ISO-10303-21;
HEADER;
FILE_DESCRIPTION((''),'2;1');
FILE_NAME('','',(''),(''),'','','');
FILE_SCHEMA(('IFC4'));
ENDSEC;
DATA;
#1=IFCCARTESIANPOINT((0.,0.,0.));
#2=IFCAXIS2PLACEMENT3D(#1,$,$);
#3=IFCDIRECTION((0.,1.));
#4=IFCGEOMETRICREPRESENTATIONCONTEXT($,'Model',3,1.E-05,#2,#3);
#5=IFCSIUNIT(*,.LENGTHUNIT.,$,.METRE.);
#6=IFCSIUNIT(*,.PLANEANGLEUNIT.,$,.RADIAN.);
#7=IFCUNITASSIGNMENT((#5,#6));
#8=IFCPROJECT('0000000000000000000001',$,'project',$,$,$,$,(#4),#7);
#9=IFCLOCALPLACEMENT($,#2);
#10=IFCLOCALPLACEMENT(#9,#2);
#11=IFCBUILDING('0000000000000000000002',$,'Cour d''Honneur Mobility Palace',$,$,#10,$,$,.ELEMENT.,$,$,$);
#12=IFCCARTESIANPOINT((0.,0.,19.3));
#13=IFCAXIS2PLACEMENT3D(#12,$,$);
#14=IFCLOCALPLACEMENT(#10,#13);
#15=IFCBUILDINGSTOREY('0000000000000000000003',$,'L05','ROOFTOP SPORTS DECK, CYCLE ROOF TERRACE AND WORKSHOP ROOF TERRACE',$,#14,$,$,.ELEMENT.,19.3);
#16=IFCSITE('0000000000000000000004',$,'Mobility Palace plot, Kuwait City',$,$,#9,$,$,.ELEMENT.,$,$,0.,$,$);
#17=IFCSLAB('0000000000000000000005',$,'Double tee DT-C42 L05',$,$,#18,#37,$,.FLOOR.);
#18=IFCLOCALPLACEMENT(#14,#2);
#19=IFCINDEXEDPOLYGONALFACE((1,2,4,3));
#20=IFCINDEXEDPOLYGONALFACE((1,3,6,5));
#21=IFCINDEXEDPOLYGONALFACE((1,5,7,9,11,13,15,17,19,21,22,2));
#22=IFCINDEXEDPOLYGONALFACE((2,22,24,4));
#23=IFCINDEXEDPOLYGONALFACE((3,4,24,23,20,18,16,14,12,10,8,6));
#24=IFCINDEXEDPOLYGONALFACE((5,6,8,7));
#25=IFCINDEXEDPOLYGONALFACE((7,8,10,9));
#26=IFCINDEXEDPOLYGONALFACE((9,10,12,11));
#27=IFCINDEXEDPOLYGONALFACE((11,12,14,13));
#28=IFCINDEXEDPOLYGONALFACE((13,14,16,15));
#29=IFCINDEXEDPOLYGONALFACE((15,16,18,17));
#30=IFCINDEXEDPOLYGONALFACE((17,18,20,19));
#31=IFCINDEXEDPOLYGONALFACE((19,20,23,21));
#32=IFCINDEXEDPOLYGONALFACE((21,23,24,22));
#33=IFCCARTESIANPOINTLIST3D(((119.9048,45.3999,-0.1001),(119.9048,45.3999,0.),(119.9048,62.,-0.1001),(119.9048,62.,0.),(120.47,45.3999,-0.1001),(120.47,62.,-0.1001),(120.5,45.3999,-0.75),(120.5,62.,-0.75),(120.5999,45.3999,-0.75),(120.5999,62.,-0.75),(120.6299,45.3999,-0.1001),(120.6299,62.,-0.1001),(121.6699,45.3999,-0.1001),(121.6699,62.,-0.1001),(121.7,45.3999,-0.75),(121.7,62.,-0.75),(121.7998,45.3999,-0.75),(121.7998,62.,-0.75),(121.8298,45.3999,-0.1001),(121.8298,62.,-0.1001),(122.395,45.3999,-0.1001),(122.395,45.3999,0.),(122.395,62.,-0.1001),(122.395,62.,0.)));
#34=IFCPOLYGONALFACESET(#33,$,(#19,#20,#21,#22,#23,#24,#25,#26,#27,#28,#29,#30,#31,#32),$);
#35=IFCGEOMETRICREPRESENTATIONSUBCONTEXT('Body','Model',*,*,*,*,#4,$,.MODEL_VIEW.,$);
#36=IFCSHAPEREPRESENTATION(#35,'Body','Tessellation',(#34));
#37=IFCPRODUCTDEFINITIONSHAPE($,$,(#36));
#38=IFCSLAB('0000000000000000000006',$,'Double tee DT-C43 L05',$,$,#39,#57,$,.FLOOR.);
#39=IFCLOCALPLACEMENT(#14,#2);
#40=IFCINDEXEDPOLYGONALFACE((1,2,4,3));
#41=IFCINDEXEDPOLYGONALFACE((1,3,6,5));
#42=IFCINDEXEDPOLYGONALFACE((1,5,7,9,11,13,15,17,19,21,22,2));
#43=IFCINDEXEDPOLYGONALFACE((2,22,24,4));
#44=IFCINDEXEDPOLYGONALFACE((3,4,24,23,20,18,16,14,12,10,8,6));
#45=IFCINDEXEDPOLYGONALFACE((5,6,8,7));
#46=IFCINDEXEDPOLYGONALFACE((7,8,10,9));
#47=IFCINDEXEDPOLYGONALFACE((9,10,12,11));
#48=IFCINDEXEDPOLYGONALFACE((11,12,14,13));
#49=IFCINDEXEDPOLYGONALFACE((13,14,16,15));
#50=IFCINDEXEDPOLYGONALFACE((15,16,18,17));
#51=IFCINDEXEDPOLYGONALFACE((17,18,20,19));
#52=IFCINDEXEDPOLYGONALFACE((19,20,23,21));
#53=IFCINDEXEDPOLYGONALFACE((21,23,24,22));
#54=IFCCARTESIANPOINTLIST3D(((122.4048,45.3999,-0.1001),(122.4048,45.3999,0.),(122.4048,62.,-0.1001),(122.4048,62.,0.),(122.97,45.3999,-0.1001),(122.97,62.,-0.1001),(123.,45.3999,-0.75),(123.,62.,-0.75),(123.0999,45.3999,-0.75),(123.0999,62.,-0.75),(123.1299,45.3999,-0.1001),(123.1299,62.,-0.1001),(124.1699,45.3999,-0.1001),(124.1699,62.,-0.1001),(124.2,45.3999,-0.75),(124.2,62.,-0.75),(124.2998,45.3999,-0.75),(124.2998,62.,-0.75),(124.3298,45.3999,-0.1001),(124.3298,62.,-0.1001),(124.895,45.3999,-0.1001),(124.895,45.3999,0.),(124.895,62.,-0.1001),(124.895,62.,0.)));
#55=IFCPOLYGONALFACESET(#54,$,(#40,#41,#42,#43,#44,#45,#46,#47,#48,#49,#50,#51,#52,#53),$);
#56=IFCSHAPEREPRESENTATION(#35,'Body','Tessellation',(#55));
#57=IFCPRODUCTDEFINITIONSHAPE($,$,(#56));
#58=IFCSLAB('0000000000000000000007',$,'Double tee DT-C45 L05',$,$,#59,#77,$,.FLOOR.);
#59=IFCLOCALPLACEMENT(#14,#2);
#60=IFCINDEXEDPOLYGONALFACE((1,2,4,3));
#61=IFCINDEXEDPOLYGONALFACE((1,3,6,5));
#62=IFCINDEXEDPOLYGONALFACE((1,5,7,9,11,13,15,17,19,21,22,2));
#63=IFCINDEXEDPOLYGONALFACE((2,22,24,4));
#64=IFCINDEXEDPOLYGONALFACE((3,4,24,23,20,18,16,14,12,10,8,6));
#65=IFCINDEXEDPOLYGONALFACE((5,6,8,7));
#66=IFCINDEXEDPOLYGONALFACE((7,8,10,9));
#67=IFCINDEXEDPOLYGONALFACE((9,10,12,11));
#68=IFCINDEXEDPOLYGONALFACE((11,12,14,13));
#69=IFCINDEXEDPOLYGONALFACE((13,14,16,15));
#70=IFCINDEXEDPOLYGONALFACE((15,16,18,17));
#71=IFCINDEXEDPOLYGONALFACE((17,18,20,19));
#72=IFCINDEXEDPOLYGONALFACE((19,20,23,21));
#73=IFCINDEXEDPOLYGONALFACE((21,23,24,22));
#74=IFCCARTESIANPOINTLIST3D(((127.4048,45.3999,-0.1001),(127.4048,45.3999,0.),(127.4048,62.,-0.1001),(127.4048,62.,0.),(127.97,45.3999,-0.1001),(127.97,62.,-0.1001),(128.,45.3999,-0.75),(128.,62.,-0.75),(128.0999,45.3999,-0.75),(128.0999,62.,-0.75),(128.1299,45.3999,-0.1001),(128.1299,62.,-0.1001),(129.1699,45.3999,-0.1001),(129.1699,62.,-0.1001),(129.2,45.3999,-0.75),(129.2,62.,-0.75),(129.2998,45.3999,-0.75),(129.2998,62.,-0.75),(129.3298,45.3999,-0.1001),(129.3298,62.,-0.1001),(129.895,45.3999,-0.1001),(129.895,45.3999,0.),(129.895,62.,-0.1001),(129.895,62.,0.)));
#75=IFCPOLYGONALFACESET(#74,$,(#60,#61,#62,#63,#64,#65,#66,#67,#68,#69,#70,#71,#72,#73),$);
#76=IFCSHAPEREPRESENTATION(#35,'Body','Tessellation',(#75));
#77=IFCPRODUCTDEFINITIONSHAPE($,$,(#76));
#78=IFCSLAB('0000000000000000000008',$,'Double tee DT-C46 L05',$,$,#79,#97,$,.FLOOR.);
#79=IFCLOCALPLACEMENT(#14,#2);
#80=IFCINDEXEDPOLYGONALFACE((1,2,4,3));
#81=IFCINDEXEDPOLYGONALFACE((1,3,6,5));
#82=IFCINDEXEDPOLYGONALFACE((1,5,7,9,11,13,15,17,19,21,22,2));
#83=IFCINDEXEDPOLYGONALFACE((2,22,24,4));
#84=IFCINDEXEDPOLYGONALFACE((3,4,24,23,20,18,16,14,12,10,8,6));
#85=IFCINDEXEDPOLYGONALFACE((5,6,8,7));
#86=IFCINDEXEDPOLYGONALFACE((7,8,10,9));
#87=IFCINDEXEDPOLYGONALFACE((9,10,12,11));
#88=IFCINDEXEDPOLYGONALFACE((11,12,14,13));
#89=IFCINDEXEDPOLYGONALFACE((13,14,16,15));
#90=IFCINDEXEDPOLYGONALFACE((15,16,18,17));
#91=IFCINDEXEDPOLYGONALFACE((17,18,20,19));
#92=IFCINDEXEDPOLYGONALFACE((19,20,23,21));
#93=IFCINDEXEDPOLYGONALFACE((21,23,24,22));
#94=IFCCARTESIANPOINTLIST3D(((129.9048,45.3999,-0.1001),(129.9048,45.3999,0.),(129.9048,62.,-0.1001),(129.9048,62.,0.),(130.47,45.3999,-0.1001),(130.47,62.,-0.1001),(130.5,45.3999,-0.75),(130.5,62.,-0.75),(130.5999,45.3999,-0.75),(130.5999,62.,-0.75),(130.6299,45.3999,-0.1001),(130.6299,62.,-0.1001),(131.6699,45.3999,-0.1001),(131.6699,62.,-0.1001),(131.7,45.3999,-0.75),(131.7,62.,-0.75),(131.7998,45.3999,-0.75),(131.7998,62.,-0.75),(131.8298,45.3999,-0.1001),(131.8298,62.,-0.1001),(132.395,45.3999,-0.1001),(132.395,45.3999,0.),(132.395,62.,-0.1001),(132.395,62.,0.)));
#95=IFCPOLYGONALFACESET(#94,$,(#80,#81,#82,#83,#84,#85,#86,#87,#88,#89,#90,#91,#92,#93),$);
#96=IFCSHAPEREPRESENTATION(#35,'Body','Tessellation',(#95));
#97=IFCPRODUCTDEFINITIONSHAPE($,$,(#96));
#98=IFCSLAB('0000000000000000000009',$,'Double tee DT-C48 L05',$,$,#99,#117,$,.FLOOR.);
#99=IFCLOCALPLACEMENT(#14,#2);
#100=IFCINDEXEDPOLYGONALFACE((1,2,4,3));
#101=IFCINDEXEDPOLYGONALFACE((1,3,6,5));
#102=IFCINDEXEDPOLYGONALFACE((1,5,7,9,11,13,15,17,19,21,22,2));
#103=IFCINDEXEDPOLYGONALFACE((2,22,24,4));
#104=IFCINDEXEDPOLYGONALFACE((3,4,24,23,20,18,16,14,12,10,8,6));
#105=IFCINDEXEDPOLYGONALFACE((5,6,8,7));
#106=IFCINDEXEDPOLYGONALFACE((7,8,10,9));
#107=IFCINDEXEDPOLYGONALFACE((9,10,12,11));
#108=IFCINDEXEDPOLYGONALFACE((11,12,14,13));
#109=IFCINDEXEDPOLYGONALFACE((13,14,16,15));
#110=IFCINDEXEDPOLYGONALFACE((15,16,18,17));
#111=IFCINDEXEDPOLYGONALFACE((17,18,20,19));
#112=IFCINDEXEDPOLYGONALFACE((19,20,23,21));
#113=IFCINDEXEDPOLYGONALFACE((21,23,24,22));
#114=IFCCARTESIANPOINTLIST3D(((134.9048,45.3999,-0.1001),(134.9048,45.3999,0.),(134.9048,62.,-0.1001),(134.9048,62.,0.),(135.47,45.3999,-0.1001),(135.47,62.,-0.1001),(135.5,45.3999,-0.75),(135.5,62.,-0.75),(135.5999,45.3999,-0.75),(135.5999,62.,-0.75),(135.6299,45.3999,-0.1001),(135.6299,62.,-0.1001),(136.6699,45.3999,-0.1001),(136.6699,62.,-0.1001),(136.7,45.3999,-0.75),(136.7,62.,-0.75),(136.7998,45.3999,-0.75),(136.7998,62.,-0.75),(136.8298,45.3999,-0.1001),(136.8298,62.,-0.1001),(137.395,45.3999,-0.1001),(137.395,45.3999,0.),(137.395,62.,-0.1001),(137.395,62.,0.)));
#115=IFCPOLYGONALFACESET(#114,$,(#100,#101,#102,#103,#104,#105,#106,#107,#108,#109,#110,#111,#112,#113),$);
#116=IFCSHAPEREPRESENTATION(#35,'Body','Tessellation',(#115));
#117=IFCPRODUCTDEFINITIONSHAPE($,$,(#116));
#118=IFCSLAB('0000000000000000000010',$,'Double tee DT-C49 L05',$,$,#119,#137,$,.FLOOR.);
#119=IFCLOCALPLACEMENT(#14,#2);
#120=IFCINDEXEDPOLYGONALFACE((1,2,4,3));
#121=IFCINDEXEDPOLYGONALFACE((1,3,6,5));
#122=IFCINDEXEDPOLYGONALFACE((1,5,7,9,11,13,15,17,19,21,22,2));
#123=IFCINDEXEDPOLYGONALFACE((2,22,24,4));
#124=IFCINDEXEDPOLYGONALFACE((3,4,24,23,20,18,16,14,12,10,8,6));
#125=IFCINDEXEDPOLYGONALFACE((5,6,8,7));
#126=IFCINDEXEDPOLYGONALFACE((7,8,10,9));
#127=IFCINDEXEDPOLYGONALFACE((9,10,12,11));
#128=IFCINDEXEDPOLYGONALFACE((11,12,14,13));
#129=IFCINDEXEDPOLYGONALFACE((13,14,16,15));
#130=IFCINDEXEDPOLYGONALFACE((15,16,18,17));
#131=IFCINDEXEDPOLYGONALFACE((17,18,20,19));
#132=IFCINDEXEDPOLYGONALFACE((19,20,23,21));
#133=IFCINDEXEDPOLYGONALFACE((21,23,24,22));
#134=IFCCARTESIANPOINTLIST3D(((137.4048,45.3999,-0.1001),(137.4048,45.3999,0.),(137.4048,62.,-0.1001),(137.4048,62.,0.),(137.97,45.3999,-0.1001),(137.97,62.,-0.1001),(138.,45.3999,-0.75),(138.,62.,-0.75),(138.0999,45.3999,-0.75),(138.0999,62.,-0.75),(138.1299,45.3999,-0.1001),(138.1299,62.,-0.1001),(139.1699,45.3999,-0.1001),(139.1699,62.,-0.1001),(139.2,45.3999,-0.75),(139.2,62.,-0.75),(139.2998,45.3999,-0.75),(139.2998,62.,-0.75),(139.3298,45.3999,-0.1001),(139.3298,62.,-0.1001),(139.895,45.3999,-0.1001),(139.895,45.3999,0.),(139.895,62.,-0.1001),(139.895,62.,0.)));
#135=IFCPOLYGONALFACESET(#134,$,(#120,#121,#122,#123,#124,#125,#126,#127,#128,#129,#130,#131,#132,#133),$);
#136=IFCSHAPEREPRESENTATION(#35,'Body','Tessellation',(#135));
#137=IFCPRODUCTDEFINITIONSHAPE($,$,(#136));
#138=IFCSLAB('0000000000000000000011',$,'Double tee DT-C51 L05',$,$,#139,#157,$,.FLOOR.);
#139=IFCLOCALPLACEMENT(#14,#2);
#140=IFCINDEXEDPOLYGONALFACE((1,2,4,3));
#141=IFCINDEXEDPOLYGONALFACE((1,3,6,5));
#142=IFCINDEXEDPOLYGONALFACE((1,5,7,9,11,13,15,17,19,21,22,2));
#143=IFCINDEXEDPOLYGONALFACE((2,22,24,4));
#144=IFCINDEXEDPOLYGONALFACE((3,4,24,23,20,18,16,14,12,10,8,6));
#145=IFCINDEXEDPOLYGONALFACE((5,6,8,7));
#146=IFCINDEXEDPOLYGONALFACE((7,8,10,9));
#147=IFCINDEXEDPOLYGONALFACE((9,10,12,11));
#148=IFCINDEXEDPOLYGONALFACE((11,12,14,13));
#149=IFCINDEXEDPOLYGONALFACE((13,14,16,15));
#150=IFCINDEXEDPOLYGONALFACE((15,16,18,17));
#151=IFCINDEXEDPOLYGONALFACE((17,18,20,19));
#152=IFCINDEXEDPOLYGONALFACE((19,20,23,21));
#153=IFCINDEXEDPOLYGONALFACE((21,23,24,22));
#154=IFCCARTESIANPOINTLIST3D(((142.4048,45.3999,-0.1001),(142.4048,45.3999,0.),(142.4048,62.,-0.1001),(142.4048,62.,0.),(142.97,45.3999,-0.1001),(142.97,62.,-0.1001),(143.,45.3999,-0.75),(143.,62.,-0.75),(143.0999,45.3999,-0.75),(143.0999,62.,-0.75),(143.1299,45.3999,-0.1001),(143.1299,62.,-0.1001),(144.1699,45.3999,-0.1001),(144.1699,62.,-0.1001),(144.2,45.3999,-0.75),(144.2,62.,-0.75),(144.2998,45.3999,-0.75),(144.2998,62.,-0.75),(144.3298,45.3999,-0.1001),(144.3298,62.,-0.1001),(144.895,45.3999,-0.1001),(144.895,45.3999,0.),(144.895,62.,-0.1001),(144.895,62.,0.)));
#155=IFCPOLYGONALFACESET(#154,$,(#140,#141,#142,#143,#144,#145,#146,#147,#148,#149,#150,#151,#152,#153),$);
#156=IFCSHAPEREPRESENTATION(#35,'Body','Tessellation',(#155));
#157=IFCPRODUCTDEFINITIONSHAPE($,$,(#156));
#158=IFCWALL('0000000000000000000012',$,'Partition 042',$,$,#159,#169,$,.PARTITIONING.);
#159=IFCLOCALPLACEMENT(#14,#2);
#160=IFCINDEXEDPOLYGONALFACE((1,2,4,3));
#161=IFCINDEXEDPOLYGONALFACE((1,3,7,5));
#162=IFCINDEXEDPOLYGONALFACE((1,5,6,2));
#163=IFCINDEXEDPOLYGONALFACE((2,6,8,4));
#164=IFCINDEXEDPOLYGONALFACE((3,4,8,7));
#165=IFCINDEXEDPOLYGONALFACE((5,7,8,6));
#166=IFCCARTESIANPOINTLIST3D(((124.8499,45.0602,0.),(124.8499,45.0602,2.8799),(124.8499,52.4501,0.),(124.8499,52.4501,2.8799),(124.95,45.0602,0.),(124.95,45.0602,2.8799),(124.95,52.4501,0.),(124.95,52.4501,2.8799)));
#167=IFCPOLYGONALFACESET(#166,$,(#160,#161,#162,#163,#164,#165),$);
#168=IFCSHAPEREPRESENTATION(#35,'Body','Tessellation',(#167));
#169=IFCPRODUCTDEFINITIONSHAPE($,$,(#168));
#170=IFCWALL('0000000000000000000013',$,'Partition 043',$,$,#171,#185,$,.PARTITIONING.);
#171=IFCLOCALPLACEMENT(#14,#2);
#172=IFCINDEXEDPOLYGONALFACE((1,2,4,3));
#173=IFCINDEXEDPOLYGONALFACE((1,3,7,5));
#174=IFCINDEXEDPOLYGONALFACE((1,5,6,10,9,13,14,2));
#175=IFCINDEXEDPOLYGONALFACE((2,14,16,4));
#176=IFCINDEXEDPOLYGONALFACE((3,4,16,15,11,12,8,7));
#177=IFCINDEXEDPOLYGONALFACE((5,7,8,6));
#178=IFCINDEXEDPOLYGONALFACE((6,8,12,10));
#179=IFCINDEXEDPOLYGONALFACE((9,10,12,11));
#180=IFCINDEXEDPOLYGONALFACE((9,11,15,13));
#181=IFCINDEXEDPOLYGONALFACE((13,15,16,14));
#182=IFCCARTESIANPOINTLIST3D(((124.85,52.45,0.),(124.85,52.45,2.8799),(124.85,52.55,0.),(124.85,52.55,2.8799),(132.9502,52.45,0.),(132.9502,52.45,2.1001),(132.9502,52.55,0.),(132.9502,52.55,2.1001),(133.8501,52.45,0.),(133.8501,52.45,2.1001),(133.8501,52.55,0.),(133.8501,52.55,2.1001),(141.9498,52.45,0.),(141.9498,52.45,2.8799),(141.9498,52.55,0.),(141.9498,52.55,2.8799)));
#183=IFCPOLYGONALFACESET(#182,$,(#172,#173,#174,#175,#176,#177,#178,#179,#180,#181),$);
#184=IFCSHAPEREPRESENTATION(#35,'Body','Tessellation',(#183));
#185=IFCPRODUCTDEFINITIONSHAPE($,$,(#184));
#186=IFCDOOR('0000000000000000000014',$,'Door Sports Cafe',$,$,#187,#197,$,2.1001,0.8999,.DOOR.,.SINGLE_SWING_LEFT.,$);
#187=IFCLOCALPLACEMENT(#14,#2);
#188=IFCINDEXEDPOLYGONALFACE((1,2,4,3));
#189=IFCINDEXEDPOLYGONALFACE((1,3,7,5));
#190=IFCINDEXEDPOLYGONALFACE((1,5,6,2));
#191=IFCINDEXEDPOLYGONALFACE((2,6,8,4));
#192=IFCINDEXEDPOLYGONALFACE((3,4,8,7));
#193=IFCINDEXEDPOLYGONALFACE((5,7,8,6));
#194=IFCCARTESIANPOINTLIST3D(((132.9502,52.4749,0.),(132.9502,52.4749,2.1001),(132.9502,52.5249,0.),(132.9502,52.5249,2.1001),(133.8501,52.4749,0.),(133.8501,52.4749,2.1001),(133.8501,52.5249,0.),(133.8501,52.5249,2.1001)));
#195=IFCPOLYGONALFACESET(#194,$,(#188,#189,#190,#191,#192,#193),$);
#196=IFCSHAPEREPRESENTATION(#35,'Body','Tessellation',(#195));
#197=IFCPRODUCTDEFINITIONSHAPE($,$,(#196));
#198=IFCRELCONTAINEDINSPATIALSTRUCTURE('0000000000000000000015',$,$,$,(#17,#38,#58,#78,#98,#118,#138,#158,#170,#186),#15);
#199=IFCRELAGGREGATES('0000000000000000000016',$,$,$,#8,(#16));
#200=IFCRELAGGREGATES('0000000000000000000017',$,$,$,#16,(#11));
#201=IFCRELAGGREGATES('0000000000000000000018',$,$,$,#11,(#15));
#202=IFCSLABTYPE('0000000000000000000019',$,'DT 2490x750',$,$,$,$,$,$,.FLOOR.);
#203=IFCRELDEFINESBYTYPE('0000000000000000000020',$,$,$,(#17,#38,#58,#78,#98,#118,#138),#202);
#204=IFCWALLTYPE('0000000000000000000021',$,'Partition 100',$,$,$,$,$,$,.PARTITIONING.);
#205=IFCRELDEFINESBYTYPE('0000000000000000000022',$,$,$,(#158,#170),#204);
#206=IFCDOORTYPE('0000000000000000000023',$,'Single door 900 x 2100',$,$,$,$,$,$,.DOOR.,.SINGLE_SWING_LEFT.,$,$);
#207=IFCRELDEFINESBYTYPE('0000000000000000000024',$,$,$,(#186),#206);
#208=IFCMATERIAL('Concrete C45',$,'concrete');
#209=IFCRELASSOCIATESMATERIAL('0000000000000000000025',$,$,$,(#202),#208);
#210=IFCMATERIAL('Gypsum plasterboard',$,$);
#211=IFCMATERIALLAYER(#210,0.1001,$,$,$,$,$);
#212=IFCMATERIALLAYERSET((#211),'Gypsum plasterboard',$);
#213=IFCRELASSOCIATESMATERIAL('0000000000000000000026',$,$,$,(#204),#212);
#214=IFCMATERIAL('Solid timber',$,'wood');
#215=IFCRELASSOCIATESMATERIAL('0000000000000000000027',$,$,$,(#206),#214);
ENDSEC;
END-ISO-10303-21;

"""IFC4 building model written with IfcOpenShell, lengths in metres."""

from ifc_helpers import new_model, si_unit, direction, frame, frame_2d, origin, place, context, subcontext, project, spatial, polyline, rectangle, outline, extrude, material, layer, layer_set, material_profile, profile_set, type_object, element, fill, save


model = new_model("IFC4")

# Units and contexts
model_context = context("Model", 3, precision=1e-05, world=origin(), true_north=direction((0.0, 1.0)))
body_context = subcontext(model_context, "Body", "Model", "MODEL_VIEW")
ifc_project = project(units=[si_unit("LENGTHUNIT", "METRE"), si_unit("PLANEANGLEUNIT", "RADIAN")], contexts=[model_context])

# Site, building, storey
site_placement = place(None, origin())
site = spatial("IfcSite", under=ifc_project, at=site_placement, Name="Mobility Palace plot, Kuwait City", CompositionType="ELEMENT", RefElevation=0.0)
building_placement = place(site_placement, origin())
building = spatial("IfcBuilding", under=site, at=building_placement, Name="Cour d'Honneur Mobility Palace", CompositionType="ELEMENT")
storey_placement = place(building_placement, frame((0.0, 0.0, 19.3)))
storey = spatial("IfcBuildingStorey", under=building, at=storey_placement, Name="L05", Description="ROOFTOP SPORTS DECK, CYCLE ROOF TERRACE AND WORKSHOP ROOF TERRACE", CompositionType="ELEMENT", Elevation=19.3)

# Slabs
ifc_material_1 = material(Name="Concrete C45", Category="concrete")
ifc_material_profile_1 = material_profile(ifc_material_1, outline(polyline([(-1.2451, 0.0), (1.2451, 0.0), (1.2451, -0.1001), (0.6799, -0.1001), (0.6499, -0.75), (0.55, -0.75), (0.52, -0.1001), (-0.52, -0.1001), (-0.55, -0.75), (-0.6499, -0.75), (-0.6799, -0.1001), (-1.2451, -0.1001), (-1.2451, 0.0)])), Name="DT 2490x750")
ifc_profile_set_1 = profile_set([ifc_material_profile_1], Name="Concrete C45")
slab_type = type_object("IfcSlabType", Name="DT 2490x750", PredefinedType="FLOOR", material=ifc_profile_set_1)
for number, where, z_axis, x_axis, name in (
    (1, (121.1499, 45.3999, 0.0), (0.0, 1.0, 0.0), (-1.0, 0.0, 0.0), "Double tee DT-C42 L05"),
    (2, (123.6499, 45.3999, 0.0), (0.0, 1.0, 0.0), (-1.0, 0.0, 0.0), "Double tee DT-C43 L05"),
    (3, (128.6499, 45.3999, 0.0), (0.0, 1.0, 0.0), (-1.0, 0.0, 0.0), "Double tee DT-C45 L05"),
    (4, (131.1499, 45.3999, 0.0), (0.0, 1.0, 0.0), (-1.0, 0.0, 0.0), "Double tee DT-C46 L05"),
    (5, (136.1499, 45.3999, 0.0), (0.0, 1.0, 0.0), (-1.0, 0.0, 0.0), "Double tee DT-C48 L05"),
    (6, (138.6499, 45.3999, 0.0), (0.0, 1.0, 0.0), (-1.0, 0.0, 0.0), "Double tee DT-C49 L05"),
    (7, (143.6499, 45.3999, 0.0), (0.0, 1.0, 0.0), (-1.0, 0.0, 0.0), "Double tee DT-C51 L05"),
):
    element("IfcSlab", number, at=place(storey_placement, frame(where, z_axis=z_axis, x_axis=x_axis)), inside=storey, type_object=slab_type, Name=name, PredefinedType="FLOOR", context=body_context, shape_type="SweptSolid", body=[
        extrude(outline(polyline([(-1.2451, 0.0), (1.2451, 0.0), (1.2451, -0.1001), (0.6799, -0.1001), (0.6499, -0.75), (0.55, -0.75), (0.52, -0.1001), (-0.52, -0.1001), (-0.55, -0.75), (-0.6499, -0.75), (-0.6799, -0.1001), (-1.2451, -0.1001), (-1.2451, 0.0)])), origin(), (0.0, 0.0, 1.0), 16.6001),
    ])

# Wall
ifc_material_2 = material(Name="Gypsum plasterboard")
ifc_layer_1 = layer(ifc_material_2, 0.1001)
ifc_layer_set_1 = layer_set([ifc_layer_1], Name="Gypsum plasterboard")
wall_type_1 = type_object("IfcWallType", Name="Partition 100", PredefinedType="PARTITIONING", material=ifc_layer_set_1)
wall_1_placement = place(storey_placement, frame((124.8999, 52.45, 0.0), z_axis=(0.0, 0.0, 1.0), x_axis=(0.0, -1.0, 0.0)))
element("IfcWall", 8, at=wall_1_placement, inside=storey, type_object=wall_type_1, Name="Partition 042", PredefinedType="PARTITIONING", context=body_context, shape_type="SweptSolid", body=[
    extrude(rectangle(XDim=7.3899, YDim=0.1001, at=frame_2d((3.6948, 0.0))), origin(), (0.0, 0.0, 1.0), 2.8799),
])

# Wall, opening, door
wall_2_placement = place(storey_placement, frame((124.8501, 52.5, 0.0), z_axis=(0.0, 0.0, 1.0), x_axis=(1.0, 0.0, 0.0)))
wall_2 = element("IfcWall", 9, at=wall_2_placement, inside=storey, type_object=wall_type_1, Name="Partition 043", PredefinedType="PARTITIONING", context=body_context, shape_type="SweptSolid", body=[
    extrude(rectangle(XDim=17.0999, YDim=0.1001, at=frame_2d((8.5498, 0.0))), origin(), (0.0, 0.0, 1.0), 2.8799),
])
opening_1_placement = place(wall_2_placement, frame((8.1001, 0.0, 0.0)))
opening_1 = element("IfcOpeningElement", 10, at=opening_1_placement, cuts=wall_2, PredefinedType="OPENING", context=body_context, shape_type="SweptSolid", body=[
    extrude(rectangle(XDim=0.8999, YDim=2.1001, at=frame_2d((0.45, 1.05))), frame((0.0, 0.0601, 0.0), z_axis=(0.0, -1.0, 0.0), x_axis=(1.0, 0.0, 0.0)), (0.0, 0.0, 1.0), 0.1201),
])
ifc_material_3 = material(Name="Solid timber", Category="wood")
door_type_1 = type_object("IfcDoorType", Name="Single door 900 x 2100", OperationType="SINGLE_SWING_LEFT", PredefinedType="DOOR", material=ifc_material_3)
door_1_placement = place(opening_1_placement, origin())
door_1 = element("IfcDoor", 11, at=door_1_placement, inside=storey, type_object=door_type_1, Name="Door Sports Cafe", OperationType="SINGLE_SWING_LEFT", OverallHeight=2.1001, OverallWidth=0.8999, PredefinedType="DOOR", context=body_context, shape_type="SweptSolid", body=[
    extrude(rectangle(XDim=0.8999, YDim=2.1001, at=frame_2d((0.45, 1.05))), frame((0.0, 0.0249, 0.0), z_axis=(0.0, -1.0, 0.0), x_axis=(1.0, 0.0, 0.0)), (0.0, 0.0, 1.0), 0.05),
])
fill(opening_1, door_1)

save(model, "model.ifc")
